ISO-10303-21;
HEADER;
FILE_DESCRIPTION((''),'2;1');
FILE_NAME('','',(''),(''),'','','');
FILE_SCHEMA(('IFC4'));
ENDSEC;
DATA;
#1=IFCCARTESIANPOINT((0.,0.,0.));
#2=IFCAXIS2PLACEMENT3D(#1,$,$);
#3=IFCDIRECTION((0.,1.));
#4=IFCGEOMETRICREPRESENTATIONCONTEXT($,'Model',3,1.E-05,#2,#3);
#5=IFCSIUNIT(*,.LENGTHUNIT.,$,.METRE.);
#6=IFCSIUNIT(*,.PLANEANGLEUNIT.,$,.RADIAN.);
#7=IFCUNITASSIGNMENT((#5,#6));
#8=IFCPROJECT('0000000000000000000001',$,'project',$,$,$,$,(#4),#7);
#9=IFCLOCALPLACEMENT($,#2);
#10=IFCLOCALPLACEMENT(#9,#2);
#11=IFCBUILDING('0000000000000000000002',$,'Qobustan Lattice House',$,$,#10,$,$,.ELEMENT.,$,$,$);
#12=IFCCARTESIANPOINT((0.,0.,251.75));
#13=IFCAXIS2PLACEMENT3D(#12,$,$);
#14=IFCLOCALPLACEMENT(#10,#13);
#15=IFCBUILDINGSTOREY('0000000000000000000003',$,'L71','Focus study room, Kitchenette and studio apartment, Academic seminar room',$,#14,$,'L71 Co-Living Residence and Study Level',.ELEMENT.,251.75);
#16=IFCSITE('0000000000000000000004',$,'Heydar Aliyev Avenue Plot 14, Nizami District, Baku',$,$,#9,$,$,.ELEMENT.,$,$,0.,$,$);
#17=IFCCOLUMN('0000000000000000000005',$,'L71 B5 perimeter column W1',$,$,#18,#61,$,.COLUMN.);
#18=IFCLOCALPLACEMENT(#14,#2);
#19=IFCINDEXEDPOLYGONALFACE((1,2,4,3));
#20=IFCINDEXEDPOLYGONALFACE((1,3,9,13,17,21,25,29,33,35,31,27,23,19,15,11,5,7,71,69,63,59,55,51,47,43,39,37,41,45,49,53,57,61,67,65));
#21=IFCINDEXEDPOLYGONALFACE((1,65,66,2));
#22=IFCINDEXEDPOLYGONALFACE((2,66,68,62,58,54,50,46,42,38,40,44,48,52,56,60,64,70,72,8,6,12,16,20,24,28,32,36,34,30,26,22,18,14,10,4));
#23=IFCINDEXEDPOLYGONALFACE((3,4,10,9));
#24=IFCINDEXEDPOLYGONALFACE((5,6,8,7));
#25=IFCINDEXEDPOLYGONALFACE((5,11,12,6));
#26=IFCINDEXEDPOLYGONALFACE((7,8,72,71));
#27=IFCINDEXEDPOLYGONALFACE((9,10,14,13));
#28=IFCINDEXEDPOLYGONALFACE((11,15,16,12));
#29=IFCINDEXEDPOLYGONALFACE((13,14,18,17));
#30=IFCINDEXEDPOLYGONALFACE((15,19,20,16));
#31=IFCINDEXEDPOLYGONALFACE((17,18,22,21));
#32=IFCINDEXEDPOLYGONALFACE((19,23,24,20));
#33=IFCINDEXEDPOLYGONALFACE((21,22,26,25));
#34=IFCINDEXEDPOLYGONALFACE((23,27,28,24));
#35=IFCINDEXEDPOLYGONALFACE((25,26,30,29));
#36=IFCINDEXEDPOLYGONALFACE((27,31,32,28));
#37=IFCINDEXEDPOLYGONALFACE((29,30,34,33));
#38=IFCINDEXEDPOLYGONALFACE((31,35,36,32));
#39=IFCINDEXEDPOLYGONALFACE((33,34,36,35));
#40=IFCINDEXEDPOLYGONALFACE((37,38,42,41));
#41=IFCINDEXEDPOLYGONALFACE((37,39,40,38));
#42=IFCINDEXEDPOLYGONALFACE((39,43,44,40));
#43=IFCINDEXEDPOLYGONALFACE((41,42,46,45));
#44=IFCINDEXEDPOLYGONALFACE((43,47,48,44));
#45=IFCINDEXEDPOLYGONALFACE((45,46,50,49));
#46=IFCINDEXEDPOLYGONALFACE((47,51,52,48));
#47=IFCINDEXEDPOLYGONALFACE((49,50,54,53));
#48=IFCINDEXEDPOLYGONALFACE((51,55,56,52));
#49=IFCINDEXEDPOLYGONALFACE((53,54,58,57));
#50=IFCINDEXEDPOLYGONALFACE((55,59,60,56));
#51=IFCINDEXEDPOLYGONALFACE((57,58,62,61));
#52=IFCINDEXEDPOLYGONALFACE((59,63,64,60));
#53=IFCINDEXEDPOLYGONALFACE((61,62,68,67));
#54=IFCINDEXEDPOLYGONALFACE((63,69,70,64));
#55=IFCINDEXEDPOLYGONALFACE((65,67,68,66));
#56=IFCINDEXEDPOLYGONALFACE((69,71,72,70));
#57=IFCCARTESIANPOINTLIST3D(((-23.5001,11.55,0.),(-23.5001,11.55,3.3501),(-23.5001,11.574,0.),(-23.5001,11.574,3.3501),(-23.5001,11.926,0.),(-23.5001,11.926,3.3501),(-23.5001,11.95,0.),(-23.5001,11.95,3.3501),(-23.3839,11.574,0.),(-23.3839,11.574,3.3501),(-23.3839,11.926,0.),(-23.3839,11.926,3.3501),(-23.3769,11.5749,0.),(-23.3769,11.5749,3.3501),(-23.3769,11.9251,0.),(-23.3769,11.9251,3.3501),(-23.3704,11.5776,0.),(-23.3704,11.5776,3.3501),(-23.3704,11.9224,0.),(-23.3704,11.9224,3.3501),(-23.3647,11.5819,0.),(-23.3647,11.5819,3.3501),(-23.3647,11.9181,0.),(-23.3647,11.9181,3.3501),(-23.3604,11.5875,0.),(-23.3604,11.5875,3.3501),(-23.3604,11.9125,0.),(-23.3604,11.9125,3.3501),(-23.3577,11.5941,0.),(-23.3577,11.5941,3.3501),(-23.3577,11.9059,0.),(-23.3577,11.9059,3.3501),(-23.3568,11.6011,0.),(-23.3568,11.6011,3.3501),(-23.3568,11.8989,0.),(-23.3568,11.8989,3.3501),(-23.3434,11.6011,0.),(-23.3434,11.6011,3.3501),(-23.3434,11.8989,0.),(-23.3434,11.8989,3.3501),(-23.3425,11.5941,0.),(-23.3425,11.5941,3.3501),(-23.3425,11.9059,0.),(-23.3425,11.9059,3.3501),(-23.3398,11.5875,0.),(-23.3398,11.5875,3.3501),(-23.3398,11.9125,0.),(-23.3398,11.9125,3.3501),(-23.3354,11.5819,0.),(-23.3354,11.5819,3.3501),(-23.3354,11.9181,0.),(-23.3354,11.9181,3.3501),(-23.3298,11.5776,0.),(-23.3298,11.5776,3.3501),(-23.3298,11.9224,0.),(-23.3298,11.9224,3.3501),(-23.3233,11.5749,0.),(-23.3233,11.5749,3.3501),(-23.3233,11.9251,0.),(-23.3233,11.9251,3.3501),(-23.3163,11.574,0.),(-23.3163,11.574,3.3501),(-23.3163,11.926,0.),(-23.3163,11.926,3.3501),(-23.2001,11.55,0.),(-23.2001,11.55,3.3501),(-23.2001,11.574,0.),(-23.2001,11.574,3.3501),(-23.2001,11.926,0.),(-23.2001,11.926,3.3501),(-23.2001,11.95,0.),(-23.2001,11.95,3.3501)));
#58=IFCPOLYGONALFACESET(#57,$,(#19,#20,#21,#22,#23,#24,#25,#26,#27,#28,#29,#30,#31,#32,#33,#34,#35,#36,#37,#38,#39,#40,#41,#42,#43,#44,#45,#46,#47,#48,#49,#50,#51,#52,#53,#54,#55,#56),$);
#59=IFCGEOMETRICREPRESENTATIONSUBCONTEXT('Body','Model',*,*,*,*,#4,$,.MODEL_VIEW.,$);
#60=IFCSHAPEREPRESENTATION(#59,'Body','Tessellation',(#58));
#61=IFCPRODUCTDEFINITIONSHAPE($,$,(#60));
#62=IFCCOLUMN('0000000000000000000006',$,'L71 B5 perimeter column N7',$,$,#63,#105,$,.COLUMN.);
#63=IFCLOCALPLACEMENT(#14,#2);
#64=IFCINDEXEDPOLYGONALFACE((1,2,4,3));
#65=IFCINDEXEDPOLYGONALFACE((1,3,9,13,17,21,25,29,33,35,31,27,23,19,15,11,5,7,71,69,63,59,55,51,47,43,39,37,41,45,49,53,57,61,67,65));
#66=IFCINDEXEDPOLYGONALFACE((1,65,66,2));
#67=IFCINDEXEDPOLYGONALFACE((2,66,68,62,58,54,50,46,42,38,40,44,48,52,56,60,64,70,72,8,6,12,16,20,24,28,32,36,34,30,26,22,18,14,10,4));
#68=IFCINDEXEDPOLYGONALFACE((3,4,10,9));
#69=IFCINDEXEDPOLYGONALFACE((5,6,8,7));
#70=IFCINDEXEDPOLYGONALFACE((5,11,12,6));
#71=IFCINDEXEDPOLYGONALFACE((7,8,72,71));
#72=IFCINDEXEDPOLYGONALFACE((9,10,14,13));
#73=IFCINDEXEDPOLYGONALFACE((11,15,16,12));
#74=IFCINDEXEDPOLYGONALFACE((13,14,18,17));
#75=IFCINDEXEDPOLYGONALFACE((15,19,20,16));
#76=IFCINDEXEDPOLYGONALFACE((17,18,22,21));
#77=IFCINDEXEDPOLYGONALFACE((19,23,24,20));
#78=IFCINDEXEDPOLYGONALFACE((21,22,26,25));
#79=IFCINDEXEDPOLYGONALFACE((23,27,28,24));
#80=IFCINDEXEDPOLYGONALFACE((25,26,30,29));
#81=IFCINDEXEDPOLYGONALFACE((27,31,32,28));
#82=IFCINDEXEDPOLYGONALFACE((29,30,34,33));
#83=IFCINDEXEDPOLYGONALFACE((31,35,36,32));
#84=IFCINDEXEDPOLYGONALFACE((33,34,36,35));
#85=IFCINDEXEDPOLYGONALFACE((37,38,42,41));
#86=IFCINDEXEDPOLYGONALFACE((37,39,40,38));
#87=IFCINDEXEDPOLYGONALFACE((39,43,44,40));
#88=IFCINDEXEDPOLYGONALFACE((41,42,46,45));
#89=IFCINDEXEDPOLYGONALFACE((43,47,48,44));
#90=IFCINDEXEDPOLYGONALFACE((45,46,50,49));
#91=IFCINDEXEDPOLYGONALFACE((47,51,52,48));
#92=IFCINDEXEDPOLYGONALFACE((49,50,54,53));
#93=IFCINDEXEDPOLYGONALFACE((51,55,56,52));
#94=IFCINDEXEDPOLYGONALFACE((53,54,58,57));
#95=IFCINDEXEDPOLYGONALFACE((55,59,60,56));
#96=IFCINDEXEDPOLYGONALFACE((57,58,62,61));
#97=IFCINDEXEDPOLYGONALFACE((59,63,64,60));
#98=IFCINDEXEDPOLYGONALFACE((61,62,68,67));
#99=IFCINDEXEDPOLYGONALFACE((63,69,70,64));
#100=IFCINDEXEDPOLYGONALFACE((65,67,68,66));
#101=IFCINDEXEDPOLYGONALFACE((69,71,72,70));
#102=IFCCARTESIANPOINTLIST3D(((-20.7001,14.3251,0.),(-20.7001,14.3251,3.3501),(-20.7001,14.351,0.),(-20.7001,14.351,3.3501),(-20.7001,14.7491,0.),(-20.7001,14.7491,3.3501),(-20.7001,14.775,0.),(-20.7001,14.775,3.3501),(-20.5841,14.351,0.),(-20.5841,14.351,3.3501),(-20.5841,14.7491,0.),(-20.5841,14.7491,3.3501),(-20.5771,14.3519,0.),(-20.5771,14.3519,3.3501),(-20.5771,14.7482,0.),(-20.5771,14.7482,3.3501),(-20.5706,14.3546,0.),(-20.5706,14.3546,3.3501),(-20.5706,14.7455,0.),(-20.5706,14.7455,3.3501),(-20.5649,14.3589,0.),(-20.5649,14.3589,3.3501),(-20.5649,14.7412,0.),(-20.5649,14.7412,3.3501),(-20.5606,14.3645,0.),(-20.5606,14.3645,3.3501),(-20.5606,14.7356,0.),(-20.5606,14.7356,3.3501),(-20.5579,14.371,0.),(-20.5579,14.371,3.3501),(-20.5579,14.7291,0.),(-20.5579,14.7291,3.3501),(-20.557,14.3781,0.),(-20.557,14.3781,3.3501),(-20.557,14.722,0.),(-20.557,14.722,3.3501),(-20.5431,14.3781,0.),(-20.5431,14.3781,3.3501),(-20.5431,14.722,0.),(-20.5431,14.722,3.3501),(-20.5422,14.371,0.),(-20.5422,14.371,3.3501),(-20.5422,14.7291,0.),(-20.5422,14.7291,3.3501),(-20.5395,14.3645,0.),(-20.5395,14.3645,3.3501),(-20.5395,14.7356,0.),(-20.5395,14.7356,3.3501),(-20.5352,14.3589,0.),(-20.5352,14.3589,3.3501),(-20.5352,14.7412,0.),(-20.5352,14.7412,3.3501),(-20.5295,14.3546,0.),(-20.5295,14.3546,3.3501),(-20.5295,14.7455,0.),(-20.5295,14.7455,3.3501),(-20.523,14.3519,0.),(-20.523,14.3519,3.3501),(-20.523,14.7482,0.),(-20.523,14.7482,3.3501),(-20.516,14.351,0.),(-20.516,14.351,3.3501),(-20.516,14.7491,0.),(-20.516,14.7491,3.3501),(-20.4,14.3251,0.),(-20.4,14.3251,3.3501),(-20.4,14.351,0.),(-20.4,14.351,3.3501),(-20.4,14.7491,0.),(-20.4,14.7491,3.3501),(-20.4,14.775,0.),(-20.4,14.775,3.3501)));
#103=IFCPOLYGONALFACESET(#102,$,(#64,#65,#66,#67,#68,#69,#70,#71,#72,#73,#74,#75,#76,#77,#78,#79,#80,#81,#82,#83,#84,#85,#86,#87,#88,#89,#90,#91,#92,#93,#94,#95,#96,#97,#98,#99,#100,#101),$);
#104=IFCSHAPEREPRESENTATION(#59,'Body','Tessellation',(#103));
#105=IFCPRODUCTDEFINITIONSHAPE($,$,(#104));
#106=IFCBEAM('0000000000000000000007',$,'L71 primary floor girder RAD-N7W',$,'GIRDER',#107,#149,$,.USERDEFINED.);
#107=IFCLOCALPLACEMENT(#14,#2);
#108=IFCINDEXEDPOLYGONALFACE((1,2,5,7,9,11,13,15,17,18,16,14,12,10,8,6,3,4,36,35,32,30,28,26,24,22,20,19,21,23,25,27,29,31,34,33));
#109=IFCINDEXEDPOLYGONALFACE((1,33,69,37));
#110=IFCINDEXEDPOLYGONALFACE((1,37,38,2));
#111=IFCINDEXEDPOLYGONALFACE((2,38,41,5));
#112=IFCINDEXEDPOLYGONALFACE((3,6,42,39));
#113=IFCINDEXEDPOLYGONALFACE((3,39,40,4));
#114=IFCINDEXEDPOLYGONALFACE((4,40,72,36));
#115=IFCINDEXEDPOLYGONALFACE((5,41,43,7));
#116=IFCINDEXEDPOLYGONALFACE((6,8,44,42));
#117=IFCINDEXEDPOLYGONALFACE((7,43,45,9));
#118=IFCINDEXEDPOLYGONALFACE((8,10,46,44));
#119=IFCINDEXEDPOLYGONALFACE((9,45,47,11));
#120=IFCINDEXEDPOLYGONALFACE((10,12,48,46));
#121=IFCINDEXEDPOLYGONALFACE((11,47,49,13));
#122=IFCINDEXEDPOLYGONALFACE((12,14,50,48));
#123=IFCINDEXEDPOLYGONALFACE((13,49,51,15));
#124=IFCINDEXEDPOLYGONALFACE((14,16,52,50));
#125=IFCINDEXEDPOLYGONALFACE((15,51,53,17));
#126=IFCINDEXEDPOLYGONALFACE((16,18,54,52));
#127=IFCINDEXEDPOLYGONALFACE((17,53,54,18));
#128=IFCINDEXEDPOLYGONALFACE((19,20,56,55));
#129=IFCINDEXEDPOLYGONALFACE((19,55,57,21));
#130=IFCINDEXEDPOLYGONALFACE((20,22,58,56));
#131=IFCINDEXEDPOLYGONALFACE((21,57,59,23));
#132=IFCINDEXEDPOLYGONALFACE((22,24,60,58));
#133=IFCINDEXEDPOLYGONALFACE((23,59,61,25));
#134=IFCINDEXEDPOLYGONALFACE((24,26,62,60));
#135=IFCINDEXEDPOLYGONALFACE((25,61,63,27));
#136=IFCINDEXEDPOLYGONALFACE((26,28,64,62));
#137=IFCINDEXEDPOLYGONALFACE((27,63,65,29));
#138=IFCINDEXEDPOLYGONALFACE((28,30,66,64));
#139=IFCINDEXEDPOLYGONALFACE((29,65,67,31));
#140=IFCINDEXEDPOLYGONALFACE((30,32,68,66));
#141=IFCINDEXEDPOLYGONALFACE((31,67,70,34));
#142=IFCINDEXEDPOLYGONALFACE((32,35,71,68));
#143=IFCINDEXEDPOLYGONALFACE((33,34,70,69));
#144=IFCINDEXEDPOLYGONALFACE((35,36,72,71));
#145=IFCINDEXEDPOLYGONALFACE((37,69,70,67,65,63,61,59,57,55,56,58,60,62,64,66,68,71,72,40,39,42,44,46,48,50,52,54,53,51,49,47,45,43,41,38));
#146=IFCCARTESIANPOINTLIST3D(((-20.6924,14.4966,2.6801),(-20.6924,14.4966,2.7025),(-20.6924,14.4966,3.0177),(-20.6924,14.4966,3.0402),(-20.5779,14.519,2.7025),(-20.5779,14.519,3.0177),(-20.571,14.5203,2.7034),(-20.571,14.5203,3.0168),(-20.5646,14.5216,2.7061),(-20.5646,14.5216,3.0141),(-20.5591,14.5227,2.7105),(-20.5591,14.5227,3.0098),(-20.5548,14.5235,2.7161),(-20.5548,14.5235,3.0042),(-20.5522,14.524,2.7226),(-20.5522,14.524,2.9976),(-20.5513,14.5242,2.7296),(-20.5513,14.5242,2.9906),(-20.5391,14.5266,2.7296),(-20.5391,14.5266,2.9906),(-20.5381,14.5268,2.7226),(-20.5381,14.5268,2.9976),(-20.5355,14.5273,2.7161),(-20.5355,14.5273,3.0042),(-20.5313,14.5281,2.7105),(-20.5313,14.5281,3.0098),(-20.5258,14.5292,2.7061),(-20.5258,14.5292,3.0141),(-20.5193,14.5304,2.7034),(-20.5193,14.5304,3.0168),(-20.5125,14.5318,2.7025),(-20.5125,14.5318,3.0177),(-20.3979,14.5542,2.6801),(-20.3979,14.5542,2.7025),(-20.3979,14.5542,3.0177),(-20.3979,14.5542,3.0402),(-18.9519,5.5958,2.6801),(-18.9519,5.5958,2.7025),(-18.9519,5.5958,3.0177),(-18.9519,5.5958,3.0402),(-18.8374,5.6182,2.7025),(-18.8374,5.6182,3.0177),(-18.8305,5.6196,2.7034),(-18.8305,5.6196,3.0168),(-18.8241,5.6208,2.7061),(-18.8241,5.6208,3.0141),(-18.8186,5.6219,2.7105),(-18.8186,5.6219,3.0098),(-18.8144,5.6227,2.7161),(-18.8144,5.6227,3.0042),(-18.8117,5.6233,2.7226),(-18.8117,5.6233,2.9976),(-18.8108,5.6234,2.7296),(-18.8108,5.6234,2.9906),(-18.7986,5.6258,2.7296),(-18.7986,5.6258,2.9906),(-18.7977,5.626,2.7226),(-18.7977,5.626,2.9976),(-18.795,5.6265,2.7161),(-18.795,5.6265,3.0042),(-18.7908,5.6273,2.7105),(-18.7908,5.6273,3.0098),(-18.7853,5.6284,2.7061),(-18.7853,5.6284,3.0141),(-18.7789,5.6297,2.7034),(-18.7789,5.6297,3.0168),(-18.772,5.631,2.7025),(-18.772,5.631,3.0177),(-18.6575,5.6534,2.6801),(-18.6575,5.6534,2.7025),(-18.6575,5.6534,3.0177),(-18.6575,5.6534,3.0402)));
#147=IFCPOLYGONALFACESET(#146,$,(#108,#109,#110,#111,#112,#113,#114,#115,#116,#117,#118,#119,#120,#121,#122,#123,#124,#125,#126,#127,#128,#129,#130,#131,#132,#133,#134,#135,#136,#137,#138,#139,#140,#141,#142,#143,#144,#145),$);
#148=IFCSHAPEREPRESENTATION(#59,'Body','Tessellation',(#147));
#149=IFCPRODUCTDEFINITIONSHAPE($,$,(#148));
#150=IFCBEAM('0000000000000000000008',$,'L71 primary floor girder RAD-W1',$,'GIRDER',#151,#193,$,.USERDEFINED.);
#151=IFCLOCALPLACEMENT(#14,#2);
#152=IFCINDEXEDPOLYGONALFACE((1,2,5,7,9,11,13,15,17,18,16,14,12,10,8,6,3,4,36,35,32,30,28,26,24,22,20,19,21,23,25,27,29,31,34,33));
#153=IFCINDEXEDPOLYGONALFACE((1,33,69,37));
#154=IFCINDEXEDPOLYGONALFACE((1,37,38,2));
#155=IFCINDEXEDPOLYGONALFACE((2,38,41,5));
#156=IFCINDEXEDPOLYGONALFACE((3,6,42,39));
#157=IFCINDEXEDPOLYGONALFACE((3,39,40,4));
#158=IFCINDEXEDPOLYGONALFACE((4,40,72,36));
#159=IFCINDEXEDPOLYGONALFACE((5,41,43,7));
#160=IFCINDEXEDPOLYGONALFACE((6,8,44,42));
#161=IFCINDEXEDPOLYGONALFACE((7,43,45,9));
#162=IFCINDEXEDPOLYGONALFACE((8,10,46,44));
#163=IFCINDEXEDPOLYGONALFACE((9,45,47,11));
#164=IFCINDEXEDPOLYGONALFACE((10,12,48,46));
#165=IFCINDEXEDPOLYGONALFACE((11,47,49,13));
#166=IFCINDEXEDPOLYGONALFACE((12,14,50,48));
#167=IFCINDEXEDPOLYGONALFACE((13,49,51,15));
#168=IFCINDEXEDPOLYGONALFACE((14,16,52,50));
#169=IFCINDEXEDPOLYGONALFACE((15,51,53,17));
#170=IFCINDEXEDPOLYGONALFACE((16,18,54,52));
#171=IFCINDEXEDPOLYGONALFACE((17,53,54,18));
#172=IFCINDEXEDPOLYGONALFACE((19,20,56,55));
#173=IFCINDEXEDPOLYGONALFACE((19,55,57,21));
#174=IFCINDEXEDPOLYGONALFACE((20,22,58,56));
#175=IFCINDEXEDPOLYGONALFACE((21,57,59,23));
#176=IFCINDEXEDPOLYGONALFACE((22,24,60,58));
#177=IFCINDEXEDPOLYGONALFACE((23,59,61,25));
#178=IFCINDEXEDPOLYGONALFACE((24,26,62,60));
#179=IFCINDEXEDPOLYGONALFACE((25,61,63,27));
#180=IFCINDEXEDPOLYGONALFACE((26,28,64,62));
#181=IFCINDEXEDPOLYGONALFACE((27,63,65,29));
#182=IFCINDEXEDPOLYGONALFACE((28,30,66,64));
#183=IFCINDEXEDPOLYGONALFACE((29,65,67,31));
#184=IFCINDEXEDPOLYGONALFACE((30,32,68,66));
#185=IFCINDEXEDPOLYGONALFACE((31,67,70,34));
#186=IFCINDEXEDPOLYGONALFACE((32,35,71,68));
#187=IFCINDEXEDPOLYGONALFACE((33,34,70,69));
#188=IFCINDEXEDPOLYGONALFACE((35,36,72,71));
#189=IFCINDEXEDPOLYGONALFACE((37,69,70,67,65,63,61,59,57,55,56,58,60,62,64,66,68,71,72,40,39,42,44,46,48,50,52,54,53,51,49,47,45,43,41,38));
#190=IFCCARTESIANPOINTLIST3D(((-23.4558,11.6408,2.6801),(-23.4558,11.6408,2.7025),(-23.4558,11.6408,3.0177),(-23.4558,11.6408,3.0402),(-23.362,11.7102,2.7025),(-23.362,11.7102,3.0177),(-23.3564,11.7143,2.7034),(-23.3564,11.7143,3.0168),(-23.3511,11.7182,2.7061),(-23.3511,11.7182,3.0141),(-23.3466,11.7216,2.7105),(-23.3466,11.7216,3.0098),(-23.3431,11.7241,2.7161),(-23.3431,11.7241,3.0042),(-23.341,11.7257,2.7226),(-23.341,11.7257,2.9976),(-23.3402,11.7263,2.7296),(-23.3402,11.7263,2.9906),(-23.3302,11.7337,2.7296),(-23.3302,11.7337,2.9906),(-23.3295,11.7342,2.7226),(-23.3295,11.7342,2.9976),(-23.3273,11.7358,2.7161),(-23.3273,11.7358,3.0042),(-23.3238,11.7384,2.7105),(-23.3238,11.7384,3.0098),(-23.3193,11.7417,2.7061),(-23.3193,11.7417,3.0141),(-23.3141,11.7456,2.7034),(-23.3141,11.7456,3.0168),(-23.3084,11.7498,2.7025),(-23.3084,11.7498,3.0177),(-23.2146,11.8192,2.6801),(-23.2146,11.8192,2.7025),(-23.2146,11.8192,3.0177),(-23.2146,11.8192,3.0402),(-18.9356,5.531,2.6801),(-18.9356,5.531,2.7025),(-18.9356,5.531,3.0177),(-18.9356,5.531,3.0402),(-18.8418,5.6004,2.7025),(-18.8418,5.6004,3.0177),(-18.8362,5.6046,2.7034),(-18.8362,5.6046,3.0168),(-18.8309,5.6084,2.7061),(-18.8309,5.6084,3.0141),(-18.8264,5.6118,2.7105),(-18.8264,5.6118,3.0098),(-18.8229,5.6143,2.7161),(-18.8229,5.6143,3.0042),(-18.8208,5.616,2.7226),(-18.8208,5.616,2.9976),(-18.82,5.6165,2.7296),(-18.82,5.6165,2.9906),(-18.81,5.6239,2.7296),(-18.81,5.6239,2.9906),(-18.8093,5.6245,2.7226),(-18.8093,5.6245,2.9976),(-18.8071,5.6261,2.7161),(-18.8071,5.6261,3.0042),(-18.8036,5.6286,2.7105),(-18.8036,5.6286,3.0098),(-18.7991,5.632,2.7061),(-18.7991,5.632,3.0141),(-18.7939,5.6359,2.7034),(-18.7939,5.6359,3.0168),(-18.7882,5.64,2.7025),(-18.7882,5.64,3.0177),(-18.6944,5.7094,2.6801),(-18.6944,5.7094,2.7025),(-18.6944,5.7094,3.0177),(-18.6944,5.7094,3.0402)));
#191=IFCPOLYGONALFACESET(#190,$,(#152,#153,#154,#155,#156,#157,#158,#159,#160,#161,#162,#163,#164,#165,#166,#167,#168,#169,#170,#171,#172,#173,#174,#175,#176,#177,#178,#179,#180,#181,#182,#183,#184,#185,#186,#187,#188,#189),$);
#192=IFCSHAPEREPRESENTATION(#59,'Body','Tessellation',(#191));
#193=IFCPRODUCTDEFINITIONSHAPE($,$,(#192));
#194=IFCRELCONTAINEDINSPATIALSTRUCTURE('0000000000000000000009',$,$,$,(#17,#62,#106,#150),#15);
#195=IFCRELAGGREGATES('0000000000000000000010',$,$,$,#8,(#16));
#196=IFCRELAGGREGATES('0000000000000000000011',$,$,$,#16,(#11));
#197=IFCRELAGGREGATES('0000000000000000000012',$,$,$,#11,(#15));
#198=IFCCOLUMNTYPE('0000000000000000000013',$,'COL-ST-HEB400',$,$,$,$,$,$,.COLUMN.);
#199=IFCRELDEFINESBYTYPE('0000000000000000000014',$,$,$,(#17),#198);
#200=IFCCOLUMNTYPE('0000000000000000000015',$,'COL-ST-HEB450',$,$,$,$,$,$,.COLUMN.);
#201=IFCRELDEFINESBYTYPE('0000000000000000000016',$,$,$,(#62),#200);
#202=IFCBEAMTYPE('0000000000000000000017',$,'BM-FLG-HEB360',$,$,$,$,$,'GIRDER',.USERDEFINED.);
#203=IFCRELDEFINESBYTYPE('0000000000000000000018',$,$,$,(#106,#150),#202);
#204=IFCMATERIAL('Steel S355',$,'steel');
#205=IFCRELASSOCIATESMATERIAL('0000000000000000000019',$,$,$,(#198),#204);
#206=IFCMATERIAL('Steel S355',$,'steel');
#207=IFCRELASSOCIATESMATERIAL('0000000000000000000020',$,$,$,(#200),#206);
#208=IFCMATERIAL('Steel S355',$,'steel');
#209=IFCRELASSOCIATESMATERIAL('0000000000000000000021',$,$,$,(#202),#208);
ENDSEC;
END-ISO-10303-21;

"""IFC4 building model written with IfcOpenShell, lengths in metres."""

from ifc_helpers import new_model, si_unit, direction, frame, origin, origin_2d, place, context, subcontext, project, spatial, i_section, extrude, material, material_profile, profile_set, type_object, element, save


model = new_model("IFC4")

# Units and contexts
model_context = context("Model", 3, precision=1e-05, world=origin(), true_north=direction((0.0, 1.0)))
body_context = subcontext(model_context, "Body", "Model", "MODEL_VIEW")
ifc_project = project(units=[si_unit("LENGTHUNIT", "METRE"), si_unit("PLANEANGLEUNIT", "RADIAN")], contexts=[model_context])

# Site, building, storey
site_placement = place(None, origin())
site = spatial("IfcSite", under=ifc_project, at=site_placement, Name="Heydar Aliyev Avenue Plot 14, Nizami District, Baku", CompositionType="ELEMENT", RefElevation=0.0)
building_placement = place(site_placement, origin())
building = spatial("IfcBuilding", under=site, at=building_placement, Name="Qobustan Lattice House", CompositionType="ELEMENT")
storey_placement = place(building_placement, frame((0.0, 0.0, 251.75)))
storey = spatial("IfcBuildingStorey", under=building, at=storey_placement, Name="L71", Description="Focus study room, Kitchenette and studio apartment, Academic seminar room", LongName="L71 Co-Living Residence and Study Level", CompositionType="ELEMENT", Elevation=251.75)

# Columns
ifc_material_1 = material(Name="Steel S355", Category="steel")
ifc_material_profile_1 = material_profile(ifc_material_1, i_section(OverallWidth=0.3, OverallDepth=0.3999, WebThickness=0.0134, FlangeThickness=0.0239, FilletRadius=0.0271, at=origin_2d()), Name="HEB400")
ifc_profile_set_1 = profile_set([ifc_material_profile_1], Name="Steel S355")
column_type_1 = type_object("IfcColumnType", Name="COL-ST-HEB400", PredefinedType="COLUMN", material=ifc_profile_set_1)
column_1_placement = place(storey_placement, frame((-23.3501, 11.75, 0.0), z_axis=(0.0, 0.0, 1.0), x_axis=(1.0, 0.0, 0.0)))
element("IfcColumn", 1, at=column_1_placement, inside=storey, type_object=column_type_1, Name="L71 B5 perimeter column W1", PredefinedType="COLUMN", context=body_context, shape_type="SweptSolid", body=[
    extrude(i_section(OverallWidth=0.3, OverallDepth=0.3999, WebThickness=0.0134, FlangeThickness=0.0239, FilletRadius=0.0271, at=origin_2d()), origin(), (0.0, 0.0, 1.0), 3.3501),
])
ifc_material_2 = material(Name="Steel S355", Category="steel")
ifc_material_profile_2 = material_profile(ifc_material_2, i_section(OverallWidth=0.3, OverallDepth=0.45, WebThickness=0.0139, FlangeThickness=0.0259, FilletRadius=0.0271, at=origin_2d()), Name="HEB450")
ifc_profile_set_2 = profile_set([ifc_material_profile_2], Name="Steel S355")
column_type_2 = type_object("IfcColumnType", Name="COL-ST-HEB450", PredefinedType="COLUMN", material=ifc_profile_set_2)
column_2_placement = place(storey_placement, frame((-20.55, 14.55, 0.0), z_axis=(0.0, 0.0, 1.0), x_axis=(1.0, 0.0, 0.0)))
element("IfcColumn", 2, at=column_2_placement, inside=storey, type_object=column_type_2, Name="L71 B5 perimeter column N7", PredefinedType="COLUMN", context=body_context, shape_type="SweptSolid", body=[
    extrude(i_section(OverallWidth=0.3, OverallDepth=0.45, WebThickness=0.0139, FlangeThickness=0.0259, FilletRadius=0.0271, at=origin_2d()), origin(), (0.0, 0.0, 1.0), 3.3501),
])

# Beams
ifc_material_3 = material(Name="Steel S355", Category="steel")
ifc_material_profile_3 = material_profile(ifc_material_3, i_section(OverallWidth=0.3, OverallDepth=0.3601, WebThickness=0.0125, FlangeThickness=0.0225, FilletRadius=0.0271, at=origin_2d()), Name="HEB360")
ifc_profile_set_3 = profile_set([ifc_material_profile_3], Name="Steel S355")
beam_type_1 = type_object("IfcBeamType", Name="BM-FLG-HEB360", ElementType="GIRDER", PredefinedType="USERDEFINED", material=ifc_profile_set_3)
beam_1_placement = place(storey_placement, frame((-20.5452, 14.5254, 2.8601), z_axis=(0.191906, -0.981413, 0.0), x_axis=(0.981413, 0.191906, 0.0)))
element("IfcBeam", 3, at=beam_1_placement, inside=storey, type_object=beam_type_1, Name="L71 primary floor girder RAD-N7W", ObjectType="GIRDER", PredefinedType="USERDEFINED", context=body_context, shape_type="SweptSolid", body=[
    extrude(i_section(OverallWidth=0.3, OverallDepth=0.3601, WebThickness=0.0125, FlangeThickness=0.0225, FilletRadius=0.0271, at=origin_2d()), origin(), (0.0, 0.0, 1.0), 9.0693),
])
beam_2_placement = place(storey_placement, frame((-23.3352, 11.73, 2.8601), z_axis=(0.594755, -0.803907, 0.0), x_axis=(0.803907, 0.594755, 0.0)))
element("IfcBeam", 4, at=beam_2_placement, inside=storey, type_object=beam_type_1, Name="L71 primary floor girder RAD-W1", ObjectType="GIRDER", PredefinedType="USERDEFINED", context=body_context, shape_type="SweptSolid", body=[
    extrude(i_section(OverallWidth=0.3, OverallDepth=0.3601, WebThickness=0.0125, FlangeThickness=0.0225, FilletRadius=0.0271, at=origin_2d()), origin(), (0.0, 0.0, 1.0), 7.6001),
])

save(model, "model.ifc")
